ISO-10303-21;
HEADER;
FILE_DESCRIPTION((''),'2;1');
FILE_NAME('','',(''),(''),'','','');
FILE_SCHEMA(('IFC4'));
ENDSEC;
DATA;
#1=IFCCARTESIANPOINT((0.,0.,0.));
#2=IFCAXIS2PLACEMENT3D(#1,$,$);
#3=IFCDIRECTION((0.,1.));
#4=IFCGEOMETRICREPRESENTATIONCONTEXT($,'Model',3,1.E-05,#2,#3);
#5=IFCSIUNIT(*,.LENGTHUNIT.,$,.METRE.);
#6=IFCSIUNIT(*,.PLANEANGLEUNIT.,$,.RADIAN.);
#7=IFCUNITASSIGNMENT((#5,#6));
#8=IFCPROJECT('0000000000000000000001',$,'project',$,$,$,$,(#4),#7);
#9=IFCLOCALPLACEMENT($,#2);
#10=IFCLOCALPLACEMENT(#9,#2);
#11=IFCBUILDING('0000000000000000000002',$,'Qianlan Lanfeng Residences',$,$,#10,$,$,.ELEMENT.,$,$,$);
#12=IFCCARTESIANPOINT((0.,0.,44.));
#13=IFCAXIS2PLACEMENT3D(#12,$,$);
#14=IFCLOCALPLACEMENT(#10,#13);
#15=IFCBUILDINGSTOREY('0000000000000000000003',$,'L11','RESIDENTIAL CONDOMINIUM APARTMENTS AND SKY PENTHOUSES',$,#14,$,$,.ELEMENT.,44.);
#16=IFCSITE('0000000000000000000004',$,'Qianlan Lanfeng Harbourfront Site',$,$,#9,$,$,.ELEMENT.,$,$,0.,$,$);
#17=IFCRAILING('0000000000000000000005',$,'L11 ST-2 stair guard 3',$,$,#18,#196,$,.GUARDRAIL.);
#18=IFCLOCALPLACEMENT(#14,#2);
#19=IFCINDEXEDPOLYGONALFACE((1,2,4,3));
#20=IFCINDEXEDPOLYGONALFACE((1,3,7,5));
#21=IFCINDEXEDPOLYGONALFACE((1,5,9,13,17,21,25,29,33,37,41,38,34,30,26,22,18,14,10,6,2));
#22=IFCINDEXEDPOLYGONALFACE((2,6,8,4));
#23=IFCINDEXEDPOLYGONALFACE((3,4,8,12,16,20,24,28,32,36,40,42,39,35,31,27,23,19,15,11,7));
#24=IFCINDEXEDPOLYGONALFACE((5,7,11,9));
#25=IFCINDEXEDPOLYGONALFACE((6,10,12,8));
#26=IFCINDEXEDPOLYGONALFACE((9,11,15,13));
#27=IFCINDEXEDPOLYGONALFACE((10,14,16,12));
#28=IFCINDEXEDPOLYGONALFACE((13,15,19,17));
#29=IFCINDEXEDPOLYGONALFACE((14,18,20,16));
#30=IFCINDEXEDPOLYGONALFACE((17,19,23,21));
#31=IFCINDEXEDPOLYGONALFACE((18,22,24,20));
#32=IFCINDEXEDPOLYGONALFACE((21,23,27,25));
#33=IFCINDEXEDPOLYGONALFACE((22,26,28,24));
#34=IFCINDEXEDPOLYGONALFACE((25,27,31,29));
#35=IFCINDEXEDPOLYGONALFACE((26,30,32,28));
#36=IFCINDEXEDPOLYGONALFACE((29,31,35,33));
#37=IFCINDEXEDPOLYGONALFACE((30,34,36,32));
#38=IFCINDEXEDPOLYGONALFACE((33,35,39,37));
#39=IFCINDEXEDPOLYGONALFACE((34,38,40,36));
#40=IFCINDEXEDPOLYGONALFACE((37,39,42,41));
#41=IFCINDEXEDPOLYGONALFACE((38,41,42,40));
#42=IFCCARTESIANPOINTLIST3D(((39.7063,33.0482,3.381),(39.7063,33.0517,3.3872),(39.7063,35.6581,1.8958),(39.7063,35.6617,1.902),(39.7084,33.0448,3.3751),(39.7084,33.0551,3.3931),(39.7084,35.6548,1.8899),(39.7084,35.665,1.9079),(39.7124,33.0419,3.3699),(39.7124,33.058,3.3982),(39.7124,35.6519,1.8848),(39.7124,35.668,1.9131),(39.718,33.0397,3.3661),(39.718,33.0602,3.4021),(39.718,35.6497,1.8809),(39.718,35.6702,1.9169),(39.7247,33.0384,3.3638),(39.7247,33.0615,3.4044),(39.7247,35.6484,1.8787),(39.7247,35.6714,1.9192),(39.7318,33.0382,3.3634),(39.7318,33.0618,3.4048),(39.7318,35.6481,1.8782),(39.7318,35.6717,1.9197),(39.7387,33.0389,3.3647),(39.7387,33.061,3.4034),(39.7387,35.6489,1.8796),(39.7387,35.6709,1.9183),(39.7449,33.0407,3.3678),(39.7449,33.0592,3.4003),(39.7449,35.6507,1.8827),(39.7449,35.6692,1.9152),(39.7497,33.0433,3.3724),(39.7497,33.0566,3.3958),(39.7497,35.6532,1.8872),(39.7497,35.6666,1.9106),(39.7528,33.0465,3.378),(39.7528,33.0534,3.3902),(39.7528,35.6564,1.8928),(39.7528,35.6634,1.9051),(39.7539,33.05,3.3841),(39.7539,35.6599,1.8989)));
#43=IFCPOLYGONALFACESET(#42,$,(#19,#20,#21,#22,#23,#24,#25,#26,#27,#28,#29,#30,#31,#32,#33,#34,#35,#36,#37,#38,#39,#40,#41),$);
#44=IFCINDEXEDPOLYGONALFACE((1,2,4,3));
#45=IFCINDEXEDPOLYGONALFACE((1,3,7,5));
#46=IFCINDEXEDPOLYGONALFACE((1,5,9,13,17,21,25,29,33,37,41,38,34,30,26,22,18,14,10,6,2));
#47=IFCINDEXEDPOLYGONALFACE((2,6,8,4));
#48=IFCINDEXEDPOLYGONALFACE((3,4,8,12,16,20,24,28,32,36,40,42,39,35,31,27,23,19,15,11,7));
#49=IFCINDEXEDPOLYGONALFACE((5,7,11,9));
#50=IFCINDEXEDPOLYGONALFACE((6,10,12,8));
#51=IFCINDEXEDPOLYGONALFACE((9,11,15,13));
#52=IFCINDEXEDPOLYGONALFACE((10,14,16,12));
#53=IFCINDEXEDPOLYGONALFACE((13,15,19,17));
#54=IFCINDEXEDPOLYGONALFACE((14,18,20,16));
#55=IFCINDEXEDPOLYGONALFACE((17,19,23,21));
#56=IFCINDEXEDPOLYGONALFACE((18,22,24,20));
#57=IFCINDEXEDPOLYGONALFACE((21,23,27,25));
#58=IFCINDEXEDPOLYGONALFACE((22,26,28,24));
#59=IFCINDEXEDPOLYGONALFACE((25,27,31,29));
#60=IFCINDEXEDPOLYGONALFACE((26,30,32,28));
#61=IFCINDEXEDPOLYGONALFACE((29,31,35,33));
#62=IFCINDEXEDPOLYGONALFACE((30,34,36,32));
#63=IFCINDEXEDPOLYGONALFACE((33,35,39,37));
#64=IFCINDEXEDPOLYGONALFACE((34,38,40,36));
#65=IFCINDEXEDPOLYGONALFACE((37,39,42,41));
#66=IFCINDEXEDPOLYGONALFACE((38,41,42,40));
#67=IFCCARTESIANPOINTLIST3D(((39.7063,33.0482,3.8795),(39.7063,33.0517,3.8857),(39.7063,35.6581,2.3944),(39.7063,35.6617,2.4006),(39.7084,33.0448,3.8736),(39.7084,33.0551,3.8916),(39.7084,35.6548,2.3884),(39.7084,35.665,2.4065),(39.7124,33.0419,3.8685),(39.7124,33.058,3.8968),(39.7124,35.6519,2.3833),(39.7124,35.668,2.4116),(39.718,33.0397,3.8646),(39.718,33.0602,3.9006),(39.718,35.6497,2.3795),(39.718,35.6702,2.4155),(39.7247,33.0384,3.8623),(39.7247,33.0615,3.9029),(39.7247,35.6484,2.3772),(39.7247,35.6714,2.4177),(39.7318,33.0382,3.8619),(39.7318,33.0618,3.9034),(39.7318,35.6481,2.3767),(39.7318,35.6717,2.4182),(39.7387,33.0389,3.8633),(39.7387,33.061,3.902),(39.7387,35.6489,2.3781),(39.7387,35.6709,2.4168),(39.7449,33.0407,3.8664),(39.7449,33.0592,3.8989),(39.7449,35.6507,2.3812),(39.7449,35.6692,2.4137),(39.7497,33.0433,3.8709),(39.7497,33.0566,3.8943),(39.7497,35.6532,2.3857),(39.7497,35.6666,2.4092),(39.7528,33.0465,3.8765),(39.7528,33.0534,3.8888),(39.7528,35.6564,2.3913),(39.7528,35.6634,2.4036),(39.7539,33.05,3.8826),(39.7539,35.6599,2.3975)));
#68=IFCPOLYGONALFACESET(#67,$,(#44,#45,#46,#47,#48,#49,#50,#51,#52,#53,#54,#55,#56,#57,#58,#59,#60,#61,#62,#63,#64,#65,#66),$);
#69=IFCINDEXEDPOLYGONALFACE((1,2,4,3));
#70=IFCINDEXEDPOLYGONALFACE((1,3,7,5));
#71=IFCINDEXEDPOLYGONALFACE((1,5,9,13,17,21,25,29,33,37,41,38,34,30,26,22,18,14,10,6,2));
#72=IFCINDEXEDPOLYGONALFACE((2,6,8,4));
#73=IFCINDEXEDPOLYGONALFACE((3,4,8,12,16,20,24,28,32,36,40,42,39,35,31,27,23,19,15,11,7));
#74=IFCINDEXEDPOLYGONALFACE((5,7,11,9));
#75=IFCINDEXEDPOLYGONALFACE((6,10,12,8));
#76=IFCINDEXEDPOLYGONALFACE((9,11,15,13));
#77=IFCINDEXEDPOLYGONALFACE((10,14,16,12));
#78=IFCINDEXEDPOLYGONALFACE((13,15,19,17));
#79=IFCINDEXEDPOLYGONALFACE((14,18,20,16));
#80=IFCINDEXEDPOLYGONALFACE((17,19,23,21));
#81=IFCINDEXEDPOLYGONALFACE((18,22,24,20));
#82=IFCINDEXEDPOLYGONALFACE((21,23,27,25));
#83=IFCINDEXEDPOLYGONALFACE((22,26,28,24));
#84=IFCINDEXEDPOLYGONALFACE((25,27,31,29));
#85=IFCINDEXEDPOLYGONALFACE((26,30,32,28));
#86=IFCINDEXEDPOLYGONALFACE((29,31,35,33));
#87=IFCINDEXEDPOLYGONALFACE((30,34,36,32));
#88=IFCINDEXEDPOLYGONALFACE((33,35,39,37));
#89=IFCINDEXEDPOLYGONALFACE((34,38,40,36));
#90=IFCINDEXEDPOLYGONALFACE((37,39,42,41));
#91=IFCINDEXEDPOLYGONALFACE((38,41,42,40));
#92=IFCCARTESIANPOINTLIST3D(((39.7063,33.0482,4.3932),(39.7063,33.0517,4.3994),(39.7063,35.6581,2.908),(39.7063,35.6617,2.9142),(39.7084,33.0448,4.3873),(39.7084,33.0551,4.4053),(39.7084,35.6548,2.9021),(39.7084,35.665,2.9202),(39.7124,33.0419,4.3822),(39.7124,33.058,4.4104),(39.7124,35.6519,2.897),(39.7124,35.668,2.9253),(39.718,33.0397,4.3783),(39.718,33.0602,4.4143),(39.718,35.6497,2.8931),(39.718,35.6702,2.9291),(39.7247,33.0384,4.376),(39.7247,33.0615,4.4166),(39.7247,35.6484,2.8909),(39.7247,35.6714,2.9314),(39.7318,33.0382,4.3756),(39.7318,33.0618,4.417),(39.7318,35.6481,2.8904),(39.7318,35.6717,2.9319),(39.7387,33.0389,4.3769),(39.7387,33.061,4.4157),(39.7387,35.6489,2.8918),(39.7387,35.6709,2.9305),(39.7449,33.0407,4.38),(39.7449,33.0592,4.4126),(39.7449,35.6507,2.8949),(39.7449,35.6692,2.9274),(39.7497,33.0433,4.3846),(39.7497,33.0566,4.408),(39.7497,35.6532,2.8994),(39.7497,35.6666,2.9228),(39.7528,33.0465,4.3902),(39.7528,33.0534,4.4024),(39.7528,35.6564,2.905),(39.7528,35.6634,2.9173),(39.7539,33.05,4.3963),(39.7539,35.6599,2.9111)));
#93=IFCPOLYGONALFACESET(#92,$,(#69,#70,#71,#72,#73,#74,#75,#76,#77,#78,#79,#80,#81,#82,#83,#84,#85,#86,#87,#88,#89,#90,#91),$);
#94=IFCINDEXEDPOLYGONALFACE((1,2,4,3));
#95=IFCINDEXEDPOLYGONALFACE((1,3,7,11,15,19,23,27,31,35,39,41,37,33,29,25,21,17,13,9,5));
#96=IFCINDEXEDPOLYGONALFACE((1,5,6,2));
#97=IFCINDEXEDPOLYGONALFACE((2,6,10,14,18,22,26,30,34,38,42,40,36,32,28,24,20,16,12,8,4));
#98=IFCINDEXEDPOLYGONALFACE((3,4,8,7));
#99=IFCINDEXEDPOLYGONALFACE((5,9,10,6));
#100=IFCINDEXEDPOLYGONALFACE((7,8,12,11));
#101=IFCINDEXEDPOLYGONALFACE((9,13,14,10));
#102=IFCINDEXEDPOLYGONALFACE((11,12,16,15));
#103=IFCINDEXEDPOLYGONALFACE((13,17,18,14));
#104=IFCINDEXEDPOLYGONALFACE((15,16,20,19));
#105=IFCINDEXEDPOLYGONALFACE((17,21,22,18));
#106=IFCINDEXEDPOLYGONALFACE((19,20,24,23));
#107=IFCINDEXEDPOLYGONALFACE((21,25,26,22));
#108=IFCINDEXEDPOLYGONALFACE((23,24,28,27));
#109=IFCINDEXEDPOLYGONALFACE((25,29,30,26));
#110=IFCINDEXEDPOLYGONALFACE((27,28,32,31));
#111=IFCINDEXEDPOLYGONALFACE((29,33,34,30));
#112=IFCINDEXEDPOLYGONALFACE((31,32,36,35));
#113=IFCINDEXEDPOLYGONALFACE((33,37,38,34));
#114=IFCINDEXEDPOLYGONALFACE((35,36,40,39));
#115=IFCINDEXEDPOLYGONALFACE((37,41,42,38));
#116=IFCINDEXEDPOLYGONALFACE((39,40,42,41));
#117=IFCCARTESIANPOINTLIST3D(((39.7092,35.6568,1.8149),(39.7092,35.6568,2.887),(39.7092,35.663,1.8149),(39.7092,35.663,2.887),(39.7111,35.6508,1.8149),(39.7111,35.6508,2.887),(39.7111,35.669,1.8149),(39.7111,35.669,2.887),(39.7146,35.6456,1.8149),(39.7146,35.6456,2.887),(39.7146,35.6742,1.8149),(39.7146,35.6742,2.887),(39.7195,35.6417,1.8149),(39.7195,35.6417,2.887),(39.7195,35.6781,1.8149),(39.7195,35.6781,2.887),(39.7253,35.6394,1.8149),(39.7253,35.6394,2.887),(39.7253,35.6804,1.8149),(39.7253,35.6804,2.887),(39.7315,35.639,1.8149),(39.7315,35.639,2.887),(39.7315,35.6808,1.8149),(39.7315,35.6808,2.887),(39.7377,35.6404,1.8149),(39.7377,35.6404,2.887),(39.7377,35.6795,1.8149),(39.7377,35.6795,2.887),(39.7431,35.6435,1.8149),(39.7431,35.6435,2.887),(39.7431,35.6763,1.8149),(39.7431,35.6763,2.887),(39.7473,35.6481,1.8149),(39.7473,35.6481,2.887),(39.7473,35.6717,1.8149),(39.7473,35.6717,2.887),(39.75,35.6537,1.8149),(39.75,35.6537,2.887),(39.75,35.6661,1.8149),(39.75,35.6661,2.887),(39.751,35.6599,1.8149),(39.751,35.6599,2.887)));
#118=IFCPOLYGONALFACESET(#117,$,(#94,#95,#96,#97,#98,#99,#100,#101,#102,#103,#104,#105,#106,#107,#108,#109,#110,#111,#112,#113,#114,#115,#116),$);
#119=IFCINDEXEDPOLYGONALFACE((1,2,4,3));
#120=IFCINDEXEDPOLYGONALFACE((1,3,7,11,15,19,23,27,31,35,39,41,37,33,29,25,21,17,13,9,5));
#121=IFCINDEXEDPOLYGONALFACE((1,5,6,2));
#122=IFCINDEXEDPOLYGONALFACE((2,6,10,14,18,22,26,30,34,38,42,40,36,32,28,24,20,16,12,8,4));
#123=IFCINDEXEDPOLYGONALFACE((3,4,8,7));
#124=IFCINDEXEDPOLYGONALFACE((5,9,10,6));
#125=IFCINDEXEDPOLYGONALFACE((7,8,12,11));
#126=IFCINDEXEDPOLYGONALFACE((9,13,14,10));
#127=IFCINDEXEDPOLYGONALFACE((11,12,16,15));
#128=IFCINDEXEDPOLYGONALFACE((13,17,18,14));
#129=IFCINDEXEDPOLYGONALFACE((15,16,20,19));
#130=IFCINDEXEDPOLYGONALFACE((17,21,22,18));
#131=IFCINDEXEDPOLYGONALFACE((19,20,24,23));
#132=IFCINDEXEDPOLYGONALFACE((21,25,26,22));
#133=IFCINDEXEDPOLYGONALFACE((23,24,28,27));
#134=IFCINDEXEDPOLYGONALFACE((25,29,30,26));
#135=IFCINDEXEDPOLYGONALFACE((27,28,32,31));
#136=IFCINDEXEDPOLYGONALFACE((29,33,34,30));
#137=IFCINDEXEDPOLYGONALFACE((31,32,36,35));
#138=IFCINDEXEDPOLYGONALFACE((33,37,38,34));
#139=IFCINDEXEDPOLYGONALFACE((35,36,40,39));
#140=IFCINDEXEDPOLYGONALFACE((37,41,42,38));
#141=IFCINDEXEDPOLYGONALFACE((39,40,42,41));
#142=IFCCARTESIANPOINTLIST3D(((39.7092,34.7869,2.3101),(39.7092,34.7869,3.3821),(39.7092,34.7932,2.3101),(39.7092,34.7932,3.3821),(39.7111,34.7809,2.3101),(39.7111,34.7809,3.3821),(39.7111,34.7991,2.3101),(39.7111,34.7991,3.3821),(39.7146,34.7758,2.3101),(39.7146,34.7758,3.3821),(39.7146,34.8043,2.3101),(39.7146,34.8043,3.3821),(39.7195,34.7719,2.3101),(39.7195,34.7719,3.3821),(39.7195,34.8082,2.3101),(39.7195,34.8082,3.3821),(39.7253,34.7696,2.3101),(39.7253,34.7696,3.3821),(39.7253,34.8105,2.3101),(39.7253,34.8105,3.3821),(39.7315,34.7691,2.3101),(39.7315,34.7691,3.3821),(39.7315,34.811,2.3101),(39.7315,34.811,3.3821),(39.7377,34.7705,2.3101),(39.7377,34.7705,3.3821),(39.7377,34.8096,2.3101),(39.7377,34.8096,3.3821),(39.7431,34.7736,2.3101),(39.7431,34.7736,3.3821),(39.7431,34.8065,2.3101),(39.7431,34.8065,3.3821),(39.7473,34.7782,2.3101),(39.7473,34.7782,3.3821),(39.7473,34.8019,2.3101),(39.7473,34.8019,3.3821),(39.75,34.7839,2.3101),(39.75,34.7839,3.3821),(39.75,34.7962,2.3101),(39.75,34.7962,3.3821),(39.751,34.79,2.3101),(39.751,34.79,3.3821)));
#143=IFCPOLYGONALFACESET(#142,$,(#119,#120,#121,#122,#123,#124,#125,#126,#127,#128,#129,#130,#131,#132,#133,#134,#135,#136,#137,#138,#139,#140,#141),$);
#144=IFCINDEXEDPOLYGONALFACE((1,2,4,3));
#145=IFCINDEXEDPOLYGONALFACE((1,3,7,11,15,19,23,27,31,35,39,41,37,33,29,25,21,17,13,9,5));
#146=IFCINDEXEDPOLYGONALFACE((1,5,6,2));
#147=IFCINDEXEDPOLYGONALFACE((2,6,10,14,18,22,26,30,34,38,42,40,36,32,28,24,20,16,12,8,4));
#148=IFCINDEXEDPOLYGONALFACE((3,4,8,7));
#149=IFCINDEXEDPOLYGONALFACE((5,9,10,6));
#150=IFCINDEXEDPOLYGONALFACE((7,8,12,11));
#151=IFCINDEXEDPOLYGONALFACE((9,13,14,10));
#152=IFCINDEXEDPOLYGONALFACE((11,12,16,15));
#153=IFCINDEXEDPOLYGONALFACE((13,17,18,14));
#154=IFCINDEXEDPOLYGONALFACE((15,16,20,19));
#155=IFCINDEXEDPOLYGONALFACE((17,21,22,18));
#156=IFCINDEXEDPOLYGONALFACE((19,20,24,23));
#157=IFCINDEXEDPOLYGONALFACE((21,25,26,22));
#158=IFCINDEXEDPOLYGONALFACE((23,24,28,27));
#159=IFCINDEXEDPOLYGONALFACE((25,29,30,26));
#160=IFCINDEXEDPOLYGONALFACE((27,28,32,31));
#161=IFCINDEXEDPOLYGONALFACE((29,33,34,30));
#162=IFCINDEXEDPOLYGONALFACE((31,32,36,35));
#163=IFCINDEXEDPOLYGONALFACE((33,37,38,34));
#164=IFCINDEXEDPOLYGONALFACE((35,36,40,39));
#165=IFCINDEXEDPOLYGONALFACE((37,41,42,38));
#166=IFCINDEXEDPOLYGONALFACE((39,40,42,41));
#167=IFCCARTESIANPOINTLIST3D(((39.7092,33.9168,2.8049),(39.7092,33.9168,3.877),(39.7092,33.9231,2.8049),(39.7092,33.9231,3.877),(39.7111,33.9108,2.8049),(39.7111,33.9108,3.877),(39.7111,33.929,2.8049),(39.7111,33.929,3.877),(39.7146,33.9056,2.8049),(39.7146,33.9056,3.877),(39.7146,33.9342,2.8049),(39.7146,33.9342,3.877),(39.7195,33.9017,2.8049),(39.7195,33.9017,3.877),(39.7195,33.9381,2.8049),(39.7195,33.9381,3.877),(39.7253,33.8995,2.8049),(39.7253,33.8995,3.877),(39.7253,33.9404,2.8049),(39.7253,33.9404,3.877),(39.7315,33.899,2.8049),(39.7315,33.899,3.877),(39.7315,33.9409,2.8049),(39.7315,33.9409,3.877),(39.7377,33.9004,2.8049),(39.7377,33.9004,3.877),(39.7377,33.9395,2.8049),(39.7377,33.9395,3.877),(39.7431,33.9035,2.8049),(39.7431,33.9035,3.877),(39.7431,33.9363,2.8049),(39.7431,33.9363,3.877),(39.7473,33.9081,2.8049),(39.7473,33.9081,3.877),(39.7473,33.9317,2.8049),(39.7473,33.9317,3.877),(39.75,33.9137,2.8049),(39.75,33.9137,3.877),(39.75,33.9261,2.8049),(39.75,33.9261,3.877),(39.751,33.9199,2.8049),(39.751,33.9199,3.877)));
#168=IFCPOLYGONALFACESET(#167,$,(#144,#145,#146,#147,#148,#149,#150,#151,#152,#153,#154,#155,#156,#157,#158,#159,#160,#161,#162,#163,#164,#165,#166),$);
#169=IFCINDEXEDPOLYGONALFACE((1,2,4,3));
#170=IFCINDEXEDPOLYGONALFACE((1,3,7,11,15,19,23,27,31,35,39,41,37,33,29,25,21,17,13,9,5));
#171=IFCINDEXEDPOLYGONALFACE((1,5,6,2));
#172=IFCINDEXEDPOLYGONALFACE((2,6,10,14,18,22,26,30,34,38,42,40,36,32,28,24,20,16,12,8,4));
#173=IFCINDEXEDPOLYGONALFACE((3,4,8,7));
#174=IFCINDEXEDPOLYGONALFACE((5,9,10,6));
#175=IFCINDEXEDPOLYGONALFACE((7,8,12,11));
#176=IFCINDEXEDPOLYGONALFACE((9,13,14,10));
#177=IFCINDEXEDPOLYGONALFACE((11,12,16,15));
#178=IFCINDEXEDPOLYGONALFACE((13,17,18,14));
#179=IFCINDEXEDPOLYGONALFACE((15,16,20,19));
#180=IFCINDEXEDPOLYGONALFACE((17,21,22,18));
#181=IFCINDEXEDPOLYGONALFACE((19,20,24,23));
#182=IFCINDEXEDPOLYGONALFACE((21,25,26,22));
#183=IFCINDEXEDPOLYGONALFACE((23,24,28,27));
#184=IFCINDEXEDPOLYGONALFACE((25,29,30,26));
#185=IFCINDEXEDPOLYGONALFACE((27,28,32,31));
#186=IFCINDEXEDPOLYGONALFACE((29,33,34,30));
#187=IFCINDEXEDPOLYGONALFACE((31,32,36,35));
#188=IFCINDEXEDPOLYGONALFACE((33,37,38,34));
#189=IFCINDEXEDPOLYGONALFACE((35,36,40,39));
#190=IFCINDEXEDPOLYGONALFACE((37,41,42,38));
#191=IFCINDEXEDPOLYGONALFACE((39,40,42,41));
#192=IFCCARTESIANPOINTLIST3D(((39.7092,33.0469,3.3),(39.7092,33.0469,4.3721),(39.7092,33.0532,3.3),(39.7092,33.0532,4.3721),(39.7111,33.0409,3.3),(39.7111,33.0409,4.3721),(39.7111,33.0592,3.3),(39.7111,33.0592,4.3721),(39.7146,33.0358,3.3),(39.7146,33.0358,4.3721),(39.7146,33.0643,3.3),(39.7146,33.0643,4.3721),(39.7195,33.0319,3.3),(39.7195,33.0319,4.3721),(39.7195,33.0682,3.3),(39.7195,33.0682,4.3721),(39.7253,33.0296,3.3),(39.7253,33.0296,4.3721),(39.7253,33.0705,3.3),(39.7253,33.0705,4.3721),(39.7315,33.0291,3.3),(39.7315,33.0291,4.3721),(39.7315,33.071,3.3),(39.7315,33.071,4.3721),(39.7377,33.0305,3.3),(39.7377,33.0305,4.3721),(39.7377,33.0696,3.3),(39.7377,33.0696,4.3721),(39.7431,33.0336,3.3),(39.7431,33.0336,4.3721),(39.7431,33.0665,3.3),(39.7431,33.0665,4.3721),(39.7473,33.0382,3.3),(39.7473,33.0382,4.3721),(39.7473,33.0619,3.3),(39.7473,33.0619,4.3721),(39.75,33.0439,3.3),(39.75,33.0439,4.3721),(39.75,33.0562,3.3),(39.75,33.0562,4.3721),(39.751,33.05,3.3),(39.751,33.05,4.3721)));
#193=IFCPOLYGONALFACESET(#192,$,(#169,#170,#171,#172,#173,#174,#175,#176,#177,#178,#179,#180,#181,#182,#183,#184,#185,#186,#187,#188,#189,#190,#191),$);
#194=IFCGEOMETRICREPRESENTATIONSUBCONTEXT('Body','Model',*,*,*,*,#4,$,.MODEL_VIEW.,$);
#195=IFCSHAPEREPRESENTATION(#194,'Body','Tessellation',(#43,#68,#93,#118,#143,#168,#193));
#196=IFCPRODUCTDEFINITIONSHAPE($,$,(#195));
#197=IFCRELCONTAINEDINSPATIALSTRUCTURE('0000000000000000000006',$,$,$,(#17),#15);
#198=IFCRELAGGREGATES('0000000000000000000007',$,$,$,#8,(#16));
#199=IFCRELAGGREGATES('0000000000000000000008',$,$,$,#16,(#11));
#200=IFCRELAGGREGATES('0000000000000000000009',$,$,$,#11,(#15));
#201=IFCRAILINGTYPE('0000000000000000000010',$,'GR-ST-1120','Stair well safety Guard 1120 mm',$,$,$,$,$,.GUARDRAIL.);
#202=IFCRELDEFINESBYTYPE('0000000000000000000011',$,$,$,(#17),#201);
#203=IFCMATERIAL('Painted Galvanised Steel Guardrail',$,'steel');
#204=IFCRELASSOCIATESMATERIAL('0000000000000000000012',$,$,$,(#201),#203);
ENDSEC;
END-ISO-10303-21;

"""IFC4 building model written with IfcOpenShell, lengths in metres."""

from ifc_helpers import new_model, si_unit, direction, frame, origin, origin_2d, place, context, subcontext, project, spatial, circle, extrude, material, type_object, element, save


model = new_model("IFC4")

# Units and contexts
model_context = context("Model", 3, precision=1e-05, world=origin(), true_north=direction((0.0, 1.0)))
body_context = subcontext(model_context, "Body", "Model", "MODEL_VIEW")
ifc_project = project(units=[si_unit("LENGTHUNIT", "METRE"), si_unit("PLANEANGLEUNIT", "RADIAN")], contexts=[model_context])

# Site, building, storey
site_placement = place(None, origin())
site = spatial("IfcSite", under=ifc_project, at=site_placement, Name="Qianlan Lanfeng Harbourfront Site", CompositionType="ELEMENT", RefElevation=0.0)
building_placement = place(site_placement, origin())
building = spatial("IfcBuilding", under=site, at=building_placement, Name="Qianlan Lanfeng Residences", CompositionType="ELEMENT")
storey_placement = place(building_placement, frame((0.0, 0.0, 44.0)))
storey = spatial("IfcBuildingStorey", under=building, at=storey_placement, Name="L11", Description="RESIDENTIAL CONDOMINIUM APARTMENTS AND SKY PENTHOUSES", CompositionType="ELEMENT", Elevation=44.0)

# Railing
ifc_material_1 = material(Name="Painted Galvanised Steel Guardrail", Category="steel")
railing_type_1 = type_object("IfcRailingType", Name="GR-ST-1120", Description="Stair well safety Guard 1120 mm", PredefinedType="GUARDRAIL", material=ifc_material_1)
railing_1_placement = place(storey_placement, frame((39.73, 35.6599, 1.8149)))
element("IfcRailing", 1, at=railing_1_placement, inside=storey, type_object=railing_type_1, Name="L11 ST-2 stair guard 3", PredefinedType="GUARDRAIL", context=body_context, shape_type="SweptSolid", body=[
    extrude(circle(Radius=0.0239, at=origin_2d()), frame((0.0, 0.0, 0.084), z_axis=(0.0, -0.869137, 0.494571), x_axis=(1.0, 0.0, 0.0)), (0.0, 0.0, 1.0), 3.0029),
    extrude(circle(Radius=0.0239, at=origin_2d()), frame((0.0, 0.0, 0.5825), z_axis=(0.0, -0.869137, 0.494571), x_axis=(1.0, 0.0, 0.0)), (0.0, 0.0, 1.0), 3.0029),
    extrude(circle(Radius=0.0239, at=origin_2d()), frame((0.0, 0.0, 1.0962), z_axis=(0.0, -0.869137, 0.494571), x_axis=(1.0, 0.0, 0.0)), (0.0, 0.0, 1.0), 3.0029),
    extrude(circle(Radius=0.021, at=origin_2d()), origin(), (0.0, 0.0, 1.0), 1.072),
    extrude(circle(Radius=0.021, at=origin_2d()), frame((0.0, -0.8699, 0.4951)), (0.0, 0.0, 1.0), 1.072),
    extrude(circle(Radius=0.021, at=origin_2d()), frame((0.0, -1.74, 0.99)), (0.0, 0.0, 1.0), 1.072),
    extrude(circle(Radius=0.021, at=origin_2d()), frame((0.0, -2.6099, 1.4851)), (0.0, 0.0, 1.0), 1.072),
])

save(model, "model.ifc")
